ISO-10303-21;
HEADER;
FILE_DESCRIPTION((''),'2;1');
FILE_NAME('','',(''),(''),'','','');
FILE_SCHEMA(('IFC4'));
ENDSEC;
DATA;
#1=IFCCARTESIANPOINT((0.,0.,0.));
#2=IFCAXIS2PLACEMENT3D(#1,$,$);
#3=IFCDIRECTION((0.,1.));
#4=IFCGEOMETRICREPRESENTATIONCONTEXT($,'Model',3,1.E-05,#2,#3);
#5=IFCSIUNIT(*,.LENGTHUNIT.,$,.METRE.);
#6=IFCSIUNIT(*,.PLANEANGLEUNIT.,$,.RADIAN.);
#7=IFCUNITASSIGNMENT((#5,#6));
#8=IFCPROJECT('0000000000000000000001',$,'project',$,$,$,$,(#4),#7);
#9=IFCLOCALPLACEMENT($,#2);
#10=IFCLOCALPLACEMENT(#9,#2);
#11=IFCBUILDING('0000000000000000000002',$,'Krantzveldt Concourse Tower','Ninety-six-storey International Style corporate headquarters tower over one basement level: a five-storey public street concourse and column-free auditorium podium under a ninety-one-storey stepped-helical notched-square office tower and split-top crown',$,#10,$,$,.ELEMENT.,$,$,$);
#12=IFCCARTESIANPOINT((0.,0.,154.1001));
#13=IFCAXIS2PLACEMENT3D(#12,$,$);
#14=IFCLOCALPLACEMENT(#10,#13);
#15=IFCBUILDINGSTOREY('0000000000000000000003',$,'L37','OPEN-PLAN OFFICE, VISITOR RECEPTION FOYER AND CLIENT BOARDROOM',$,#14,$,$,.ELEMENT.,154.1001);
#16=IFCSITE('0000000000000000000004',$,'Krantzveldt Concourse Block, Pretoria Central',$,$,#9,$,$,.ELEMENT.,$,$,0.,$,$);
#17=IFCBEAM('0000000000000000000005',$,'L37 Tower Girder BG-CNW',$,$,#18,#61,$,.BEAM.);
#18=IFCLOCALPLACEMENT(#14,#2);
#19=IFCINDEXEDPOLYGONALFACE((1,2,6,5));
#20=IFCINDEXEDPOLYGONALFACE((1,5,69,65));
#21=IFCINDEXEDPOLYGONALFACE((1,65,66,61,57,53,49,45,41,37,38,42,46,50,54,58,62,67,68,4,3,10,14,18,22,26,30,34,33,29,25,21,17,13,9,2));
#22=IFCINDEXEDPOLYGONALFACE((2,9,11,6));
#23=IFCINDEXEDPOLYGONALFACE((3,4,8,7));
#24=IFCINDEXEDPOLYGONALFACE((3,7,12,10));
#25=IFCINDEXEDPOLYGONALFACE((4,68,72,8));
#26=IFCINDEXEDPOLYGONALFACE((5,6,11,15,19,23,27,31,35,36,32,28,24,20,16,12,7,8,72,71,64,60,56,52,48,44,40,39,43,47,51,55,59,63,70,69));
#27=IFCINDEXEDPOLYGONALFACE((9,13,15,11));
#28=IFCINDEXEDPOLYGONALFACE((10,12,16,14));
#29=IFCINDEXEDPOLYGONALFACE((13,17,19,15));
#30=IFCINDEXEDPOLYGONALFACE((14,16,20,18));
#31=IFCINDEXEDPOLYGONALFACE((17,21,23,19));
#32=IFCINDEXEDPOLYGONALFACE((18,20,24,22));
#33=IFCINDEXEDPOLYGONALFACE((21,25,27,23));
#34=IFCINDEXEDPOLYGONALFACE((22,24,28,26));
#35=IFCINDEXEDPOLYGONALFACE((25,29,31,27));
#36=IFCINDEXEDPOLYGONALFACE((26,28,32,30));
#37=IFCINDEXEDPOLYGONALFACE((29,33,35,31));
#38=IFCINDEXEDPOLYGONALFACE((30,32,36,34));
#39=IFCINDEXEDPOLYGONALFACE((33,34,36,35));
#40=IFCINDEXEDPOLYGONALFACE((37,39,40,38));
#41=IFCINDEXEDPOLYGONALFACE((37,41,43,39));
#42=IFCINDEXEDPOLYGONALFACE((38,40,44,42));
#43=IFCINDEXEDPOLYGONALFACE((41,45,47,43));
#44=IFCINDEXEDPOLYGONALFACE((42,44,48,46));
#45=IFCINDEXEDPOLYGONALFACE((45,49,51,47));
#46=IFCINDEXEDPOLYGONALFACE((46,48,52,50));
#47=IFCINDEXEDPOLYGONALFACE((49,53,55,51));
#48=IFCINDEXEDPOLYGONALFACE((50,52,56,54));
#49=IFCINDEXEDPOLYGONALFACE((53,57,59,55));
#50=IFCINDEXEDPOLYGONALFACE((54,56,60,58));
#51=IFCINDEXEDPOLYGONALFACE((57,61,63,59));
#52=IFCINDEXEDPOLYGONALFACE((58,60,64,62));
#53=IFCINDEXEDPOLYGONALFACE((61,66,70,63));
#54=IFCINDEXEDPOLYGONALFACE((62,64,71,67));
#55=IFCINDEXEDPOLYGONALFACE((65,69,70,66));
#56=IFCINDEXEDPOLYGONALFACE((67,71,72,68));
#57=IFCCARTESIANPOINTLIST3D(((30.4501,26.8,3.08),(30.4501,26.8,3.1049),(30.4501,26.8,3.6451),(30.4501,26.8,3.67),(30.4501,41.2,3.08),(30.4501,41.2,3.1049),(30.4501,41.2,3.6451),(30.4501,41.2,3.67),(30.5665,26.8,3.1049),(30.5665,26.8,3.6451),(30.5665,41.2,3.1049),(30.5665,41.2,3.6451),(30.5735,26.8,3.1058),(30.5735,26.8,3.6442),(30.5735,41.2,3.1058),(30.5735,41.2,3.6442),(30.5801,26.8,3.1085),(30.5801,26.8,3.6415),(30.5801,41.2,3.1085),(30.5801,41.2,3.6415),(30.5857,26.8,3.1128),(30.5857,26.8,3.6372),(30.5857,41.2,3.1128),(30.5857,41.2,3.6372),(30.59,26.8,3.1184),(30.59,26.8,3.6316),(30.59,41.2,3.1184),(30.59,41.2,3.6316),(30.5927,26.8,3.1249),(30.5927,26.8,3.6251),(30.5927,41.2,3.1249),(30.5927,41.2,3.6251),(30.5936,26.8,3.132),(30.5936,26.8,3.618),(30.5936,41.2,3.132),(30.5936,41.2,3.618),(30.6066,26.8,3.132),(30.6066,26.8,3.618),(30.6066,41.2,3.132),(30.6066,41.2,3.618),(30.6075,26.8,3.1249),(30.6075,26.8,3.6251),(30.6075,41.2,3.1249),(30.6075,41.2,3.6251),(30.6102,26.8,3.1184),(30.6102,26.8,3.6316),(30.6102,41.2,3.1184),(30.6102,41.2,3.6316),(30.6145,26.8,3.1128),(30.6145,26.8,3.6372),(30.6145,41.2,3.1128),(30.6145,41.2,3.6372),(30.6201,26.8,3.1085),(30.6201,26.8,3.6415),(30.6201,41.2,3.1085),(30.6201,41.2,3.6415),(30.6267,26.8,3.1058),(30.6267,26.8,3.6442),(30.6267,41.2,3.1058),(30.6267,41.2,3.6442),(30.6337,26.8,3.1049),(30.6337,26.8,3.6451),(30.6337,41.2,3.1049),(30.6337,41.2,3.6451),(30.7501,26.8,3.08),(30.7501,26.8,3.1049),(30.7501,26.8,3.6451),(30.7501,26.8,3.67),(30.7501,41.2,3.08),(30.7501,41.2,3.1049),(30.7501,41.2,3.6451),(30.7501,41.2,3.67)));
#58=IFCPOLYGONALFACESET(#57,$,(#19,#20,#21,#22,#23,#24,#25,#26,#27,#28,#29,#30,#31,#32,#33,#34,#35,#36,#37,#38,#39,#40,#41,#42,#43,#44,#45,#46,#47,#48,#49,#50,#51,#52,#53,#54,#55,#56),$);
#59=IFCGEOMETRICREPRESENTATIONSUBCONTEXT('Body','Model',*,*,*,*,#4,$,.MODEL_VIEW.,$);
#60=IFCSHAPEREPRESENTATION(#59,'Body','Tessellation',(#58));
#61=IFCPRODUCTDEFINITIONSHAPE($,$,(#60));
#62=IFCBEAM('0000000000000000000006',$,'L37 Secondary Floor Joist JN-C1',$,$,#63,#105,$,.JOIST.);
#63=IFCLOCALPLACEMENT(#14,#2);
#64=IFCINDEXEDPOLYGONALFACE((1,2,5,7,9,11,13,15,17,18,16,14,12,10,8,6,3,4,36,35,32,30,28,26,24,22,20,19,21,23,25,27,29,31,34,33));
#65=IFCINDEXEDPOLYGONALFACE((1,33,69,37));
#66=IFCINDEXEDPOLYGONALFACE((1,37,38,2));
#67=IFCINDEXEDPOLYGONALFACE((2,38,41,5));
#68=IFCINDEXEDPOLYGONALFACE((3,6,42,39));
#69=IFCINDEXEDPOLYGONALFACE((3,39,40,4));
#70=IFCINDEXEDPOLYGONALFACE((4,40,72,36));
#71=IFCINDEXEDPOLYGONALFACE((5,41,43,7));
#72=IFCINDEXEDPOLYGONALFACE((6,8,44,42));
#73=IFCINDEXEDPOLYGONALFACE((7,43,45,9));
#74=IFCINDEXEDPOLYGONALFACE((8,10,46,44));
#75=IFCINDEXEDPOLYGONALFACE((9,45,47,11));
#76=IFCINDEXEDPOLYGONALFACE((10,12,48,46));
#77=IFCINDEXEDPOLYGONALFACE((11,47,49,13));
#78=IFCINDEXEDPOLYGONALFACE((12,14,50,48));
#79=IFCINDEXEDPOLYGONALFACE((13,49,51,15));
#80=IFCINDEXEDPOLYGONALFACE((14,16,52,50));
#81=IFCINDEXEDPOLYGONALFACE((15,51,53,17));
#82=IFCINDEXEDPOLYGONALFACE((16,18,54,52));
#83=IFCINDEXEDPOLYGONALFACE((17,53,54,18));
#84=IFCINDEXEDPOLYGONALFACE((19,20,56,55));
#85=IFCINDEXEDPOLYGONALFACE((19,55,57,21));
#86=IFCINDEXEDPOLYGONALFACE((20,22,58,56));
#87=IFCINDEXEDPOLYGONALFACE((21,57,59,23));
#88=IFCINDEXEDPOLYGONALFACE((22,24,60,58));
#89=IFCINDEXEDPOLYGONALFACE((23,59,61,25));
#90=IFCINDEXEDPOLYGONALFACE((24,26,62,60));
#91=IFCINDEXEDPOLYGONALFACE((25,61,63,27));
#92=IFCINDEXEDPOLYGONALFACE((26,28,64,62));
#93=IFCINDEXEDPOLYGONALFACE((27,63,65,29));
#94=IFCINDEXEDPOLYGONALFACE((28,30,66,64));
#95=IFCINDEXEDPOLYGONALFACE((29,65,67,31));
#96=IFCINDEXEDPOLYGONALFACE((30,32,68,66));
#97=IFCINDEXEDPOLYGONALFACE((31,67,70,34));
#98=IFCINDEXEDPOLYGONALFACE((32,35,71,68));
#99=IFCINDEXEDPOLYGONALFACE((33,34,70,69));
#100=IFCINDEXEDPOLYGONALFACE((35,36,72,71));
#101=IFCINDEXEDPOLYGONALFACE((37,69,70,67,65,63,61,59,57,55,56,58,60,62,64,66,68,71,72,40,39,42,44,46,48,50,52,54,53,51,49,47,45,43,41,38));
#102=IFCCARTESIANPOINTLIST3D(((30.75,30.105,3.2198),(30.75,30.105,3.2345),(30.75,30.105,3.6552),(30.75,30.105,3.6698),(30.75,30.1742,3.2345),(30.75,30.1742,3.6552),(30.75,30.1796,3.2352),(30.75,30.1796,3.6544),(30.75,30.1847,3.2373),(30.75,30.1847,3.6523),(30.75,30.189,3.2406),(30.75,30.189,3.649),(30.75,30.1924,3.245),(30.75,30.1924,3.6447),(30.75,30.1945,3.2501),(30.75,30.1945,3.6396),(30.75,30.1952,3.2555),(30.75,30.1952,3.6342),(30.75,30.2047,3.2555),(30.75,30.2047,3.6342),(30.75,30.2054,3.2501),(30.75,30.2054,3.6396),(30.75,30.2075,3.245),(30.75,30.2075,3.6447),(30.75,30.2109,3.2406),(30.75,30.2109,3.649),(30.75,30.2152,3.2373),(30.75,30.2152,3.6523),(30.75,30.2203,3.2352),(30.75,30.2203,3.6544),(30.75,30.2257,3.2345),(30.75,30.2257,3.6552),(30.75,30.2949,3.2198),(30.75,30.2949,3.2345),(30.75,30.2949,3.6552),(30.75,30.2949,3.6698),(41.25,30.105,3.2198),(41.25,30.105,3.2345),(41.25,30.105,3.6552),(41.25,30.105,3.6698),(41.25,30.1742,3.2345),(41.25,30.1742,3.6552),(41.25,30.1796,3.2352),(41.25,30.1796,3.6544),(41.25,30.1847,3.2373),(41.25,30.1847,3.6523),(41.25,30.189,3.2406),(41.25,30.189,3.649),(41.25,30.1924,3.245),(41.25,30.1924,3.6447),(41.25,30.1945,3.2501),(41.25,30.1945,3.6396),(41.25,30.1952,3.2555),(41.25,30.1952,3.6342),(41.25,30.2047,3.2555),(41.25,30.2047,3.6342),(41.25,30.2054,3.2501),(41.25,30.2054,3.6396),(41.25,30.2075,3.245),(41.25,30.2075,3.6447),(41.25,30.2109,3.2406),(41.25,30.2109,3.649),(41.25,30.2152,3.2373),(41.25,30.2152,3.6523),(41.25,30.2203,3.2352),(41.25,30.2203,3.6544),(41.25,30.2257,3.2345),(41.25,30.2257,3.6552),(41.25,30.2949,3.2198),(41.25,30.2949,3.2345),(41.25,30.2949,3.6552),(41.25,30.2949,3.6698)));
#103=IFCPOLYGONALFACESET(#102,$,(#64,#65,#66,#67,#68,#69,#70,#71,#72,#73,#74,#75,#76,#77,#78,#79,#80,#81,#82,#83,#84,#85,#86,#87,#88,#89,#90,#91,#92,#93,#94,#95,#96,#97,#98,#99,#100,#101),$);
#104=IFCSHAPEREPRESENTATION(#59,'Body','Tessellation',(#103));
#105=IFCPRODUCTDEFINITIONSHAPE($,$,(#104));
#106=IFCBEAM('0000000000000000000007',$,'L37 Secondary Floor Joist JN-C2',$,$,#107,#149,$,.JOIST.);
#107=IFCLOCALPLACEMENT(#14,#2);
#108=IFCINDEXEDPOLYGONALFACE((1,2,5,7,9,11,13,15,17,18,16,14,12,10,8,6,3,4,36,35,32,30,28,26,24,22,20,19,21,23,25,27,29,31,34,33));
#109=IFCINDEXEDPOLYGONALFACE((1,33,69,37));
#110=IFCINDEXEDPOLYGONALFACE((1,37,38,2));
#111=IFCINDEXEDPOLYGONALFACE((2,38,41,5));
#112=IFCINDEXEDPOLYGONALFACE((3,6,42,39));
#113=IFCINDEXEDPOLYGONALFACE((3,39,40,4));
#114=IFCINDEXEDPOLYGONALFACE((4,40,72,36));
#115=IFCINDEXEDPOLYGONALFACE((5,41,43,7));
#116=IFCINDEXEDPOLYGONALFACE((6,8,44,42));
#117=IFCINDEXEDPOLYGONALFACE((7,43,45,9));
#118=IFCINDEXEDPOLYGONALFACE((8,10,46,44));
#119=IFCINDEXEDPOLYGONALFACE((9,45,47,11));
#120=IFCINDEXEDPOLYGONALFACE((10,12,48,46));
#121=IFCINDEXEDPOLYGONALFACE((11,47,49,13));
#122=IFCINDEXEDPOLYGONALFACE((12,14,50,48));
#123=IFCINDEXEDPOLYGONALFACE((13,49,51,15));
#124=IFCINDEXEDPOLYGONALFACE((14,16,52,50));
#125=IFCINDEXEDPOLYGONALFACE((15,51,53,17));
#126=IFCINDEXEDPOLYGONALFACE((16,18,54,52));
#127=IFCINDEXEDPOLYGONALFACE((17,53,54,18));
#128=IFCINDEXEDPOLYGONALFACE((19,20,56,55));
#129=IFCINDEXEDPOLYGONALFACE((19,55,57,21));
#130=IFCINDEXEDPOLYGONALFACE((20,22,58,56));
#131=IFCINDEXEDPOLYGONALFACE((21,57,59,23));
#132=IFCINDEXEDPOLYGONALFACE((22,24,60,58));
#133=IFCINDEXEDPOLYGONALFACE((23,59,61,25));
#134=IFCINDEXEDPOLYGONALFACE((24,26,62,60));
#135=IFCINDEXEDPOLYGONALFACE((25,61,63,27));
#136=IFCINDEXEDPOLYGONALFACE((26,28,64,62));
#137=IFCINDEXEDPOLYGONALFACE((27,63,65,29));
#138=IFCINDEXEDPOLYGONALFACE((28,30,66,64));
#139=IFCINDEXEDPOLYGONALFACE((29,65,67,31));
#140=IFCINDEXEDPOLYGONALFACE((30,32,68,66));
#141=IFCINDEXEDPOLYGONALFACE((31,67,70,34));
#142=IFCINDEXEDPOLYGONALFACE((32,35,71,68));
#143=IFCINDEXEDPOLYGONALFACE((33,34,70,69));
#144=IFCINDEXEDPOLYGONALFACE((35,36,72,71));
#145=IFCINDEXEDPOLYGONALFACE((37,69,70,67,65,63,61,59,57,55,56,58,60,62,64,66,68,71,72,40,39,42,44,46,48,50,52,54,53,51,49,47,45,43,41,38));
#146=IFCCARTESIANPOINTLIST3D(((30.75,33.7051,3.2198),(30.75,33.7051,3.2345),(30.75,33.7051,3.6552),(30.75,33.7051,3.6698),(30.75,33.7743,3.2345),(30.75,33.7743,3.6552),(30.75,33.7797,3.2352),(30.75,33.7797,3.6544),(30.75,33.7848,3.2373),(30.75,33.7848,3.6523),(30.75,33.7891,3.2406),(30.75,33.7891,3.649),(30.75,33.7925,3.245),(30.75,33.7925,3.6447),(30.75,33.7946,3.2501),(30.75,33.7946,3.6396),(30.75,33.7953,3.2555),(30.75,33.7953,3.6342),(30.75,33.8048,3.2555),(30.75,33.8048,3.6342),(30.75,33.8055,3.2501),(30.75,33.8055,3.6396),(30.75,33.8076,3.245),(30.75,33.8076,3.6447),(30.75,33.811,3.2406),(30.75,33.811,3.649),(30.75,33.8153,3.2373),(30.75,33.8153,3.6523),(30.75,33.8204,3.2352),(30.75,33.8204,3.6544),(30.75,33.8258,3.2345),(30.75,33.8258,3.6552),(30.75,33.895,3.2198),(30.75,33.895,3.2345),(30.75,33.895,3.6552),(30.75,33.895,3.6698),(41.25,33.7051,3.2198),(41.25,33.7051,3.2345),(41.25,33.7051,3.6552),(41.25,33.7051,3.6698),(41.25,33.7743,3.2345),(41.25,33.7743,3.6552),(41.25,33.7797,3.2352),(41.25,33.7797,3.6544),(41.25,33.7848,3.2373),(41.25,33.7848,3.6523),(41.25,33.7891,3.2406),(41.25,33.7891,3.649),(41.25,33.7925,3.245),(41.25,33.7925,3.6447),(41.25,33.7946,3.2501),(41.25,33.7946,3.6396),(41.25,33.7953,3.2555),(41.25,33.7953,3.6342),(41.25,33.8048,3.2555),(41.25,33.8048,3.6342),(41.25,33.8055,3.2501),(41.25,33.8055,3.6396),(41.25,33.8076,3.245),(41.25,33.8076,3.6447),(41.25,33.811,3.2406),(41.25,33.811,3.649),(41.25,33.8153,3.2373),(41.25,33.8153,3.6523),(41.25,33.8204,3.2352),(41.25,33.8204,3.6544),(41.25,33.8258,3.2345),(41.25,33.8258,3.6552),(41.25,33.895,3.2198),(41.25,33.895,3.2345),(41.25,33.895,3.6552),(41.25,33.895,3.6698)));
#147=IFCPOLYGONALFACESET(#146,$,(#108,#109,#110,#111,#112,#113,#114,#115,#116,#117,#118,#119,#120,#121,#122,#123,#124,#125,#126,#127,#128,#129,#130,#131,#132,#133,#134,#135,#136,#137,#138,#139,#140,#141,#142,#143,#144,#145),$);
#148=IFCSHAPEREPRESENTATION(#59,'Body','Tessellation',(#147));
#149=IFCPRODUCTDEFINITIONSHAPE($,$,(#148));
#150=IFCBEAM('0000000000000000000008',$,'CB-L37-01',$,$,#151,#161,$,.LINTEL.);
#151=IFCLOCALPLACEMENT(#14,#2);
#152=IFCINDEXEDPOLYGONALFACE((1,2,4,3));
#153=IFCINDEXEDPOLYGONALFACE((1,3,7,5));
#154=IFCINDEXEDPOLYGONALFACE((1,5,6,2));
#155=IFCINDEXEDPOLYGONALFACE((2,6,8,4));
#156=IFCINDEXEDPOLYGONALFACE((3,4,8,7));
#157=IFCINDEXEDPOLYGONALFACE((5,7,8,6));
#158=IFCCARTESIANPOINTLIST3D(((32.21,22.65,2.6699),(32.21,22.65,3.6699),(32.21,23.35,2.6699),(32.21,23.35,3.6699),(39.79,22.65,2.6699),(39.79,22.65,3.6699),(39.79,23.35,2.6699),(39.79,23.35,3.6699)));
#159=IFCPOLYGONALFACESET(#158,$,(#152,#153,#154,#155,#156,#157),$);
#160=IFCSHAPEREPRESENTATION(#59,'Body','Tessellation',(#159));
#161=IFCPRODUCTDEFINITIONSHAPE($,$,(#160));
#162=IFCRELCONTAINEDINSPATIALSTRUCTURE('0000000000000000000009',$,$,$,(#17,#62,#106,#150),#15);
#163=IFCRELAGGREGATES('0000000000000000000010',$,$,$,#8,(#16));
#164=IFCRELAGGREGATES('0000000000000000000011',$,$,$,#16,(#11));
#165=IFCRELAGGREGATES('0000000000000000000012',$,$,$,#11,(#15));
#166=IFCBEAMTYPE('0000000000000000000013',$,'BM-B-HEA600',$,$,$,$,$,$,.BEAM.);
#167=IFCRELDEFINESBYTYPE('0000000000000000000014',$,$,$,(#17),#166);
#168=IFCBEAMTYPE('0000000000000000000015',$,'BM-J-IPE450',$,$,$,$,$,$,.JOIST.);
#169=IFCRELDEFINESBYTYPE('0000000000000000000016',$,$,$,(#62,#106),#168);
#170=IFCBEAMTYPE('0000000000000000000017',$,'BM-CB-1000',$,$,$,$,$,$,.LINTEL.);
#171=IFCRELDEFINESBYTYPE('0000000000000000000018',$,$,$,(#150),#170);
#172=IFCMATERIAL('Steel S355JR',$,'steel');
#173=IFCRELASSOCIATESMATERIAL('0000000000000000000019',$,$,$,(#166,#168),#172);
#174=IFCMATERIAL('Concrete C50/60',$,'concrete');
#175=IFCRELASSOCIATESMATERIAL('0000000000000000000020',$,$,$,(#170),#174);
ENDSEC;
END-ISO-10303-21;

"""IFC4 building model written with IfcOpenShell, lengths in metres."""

from ifc_helpers import new_model, si_unit, direction, frame, origin, origin_2d, place, context, subcontext, project, spatial, rectangle, i_section, extrude, source, transform, mapped, material, material_profile, profile_set, type_object, type_shapes, element, save


model = new_model("IFC4")

# Units and contexts
model_context = context("Model", 3, precision=1e-05, world=origin(), true_north=direction((0.0, 1.0)))
body_context = subcontext(model_context, "Body", "Model", "MODEL_VIEW")
ifc_project = project(units=[si_unit("LENGTHUNIT", "METRE"), si_unit("PLANEANGLEUNIT", "RADIAN")], contexts=[model_context])

# Site, building, storey
site_placement = place(None, origin())
site = spatial("IfcSite", under=ifc_project, at=site_placement, Name="Krantzveldt Concourse Block, Pretoria Central", CompositionType="ELEMENT", RefElevation=0.0)
building_placement = place(site_placement, origin())
building = spatial("IfcBuilding", under=site, at=building_placement, Name="Krantzveldt Concourse Tower", Description="Ninety-six-storey International Style corporate headquarters tower over one basement level: a five-storey public street concourse and column-free auditorium podium under a ninety-one-storey stepped-helical notched-square office tower and split-top crown", CompositionType="ELEMENT")
storey_placement = place(building_placement, frame((0.0, 0.0, 154.1001)))
storey = spatial("IfcBuildingStorey", under=building, at=storey_placement, Name="L37", Description="OPEN-PLAN OFFICE, VISITOR RECEPTION FOYER AND CLIENT BOARDROOM", CompositionType="ELEMENT", Elevation=154.1001)

# Beams
ifc_material_1 = material(Name="Steel S355JR", Category="steel")
ifc_material_profile_1 = material_profile(ifc_material_1, i_section(OverallWidth=0.3, OverallDepth=0.5901, WebThickness=0.0129, FlangeThickness=0.0249, FilletRadius=0.0271, at=origin_2d()), Name="Steel S355JR", Category="steel")
ifc_profile_set_1 = profile_set([ifc_material_profile_1], Name="Steel S355JR - HEA 600")
beam_type_1 = type_object("IfcBeamType", Name="BM-B-HEA600", PredefinedType="BEAM", material=ifc_profile_set_1)
shared_shape_1 = source(origin(), body_context, "Body", "SweptSolid", [
    extrude(i_section(OverallWidth=0.3, OverallDepth=0.5901, WebThickness=0.0129, FlangeThickness=0.0249, FilletRadius=0.0271, at=origin_2d()), origin(), (0.0, 0.0, 1.0), 14.3999),
])
type_shapes(beam_type_1, [shared_shape_1])
beam_1_placement = place(storey_placement, frame((30.6001, 26.8, 3.375), z_axis=(0.0, 1.0, 0.0), x_axis=(-1.0, 0.0, 0.0)))
element("IfcBeam", 1, at=beam_1_placement, inside=storey, type_object=beam_type_1, Name="L37 Tower Girder BG-CNW", PredefinedType="BEAM", context=body_context, shape_type="MappedRepresentation", body=[
    mapped(shared_shape_1, transform((0.0, 0.0, 0.0), x_axis=(1.0, 0.0, 0.0), y_axis=(0.0, 1.0, 0.0), z_axis=(0.0, 0.0, 1.0), scale=1.0)),
])
ifc_material_profile_2 = material_profile(ifc_material_1, i_section(OverallWidth=0.1899, OverallDepth=0.45, WebThickness=0.0095, FlangeThickness=0.0146, FilletRadius=0.021, at=origin_2d()), Name="Steel S355JR", Category="steel")
ifc_profile_set_2 = profile_set([ifc_material_profile_2], Name="Steel S355JR - IPE 450")
beam_type_2 = type_object("IfcBeamType", Name="BM-J-IPE450", PredefinedType="JOIST", material=ifc_profile_set_2)
shared_shape_2 = source(origin(), body_context, "Body", "SweptSolid", [
    extrude(i_section(OverallWidth=0.1899, OverallDepth=0.45, WebThickness=0.0095, FlangeThickness=0.0146, FilletRadius=0.021, at=origin_2d()), origin(), (0.0, 0.0, 1.0), 10.5),
])
for number, where, z_axis, x_axis, name in (
    (2, (30.75, 30.2, 3.4448), (1.0, 0.0, 0.0), (0.0, 1.0, 0.0), "L37 Secondary Floor Joist JN-C1"),
    (3, (30.75, 33.8, 3.4448), (1.0, 0.0, 0.0), (0.0, 1.0, 0.0), "L37 Secondary Floor Joist JN-C2"),
):
    element("IfcBeam", number, at=place(storey_placement, frame(where, z_axis=z_axis, x_axis=x_axis)), inside=storey, type_object=beam_type_2, Name=name, PredefinedType="JOIST", context=body_context, shape_type="MappedRepresentation", body=[
        mapped(shared_shape_2, transform((0.0, 0.0, 0.0), x_axis=(1.0, 0.0, 0.0), y_axis=(0.0, 1.0, 0.0), z_axis=(0.0, 0.0, 1.0), scale=1.0)),
    ])
ifc_material_2 = material(Name="Concrete C50/60", Category="concrete")
ifc_material_profile_3 = material_profile(ifc_material_2, rectangle(XDim=0.7, YDim=1.0, at=origin_2d()), Name="Concrete C50/60", Category="concrete")
ifc_profile_set_3 = profile_set([ifc_material_profile_3], Name="Concrete C50/60 - RC-CB 700x1000")
beam_type_3 = type_object("IfcBeamType", Name="BM-CB-1000", PredefinedType="LINTEL", material=ifc_profile_set_3)
shared_shape_3 = source(origin(), body_context, "Body", "SweptSolid", [
    extrude(rectangle(XDim=0.7, YDim=1.0, at=origin_2d()), origin(), (0.0, 0.0, 1.0), 7.5801),
])
type_shapes(beam_type_3, [shared_shape_3])
beam_2_placement = place(storey_placement, frame((32.21, 23.0, 3.1699), z_axis=(1.0, 0.0, 0.0), x_axis=(0.0, 1.0, 0.0)))
element("IfcBeam", 4, at=beam_2_placement, inside=storey, type_object=beam_type_3, Name="CB-L37-01", PredefinedType="LINTEL", context=body_context, shape_type="MappedRepresentation", body=[
    mapped(shared_shape_3, transform((0.0, 0.0, 0.0), x_axis=(1.0, 0.0, 0.0), y_axis=(0.0, 1.0, 0.0), z_axis=(0.0, 0.0, 1.0), scale=1.0)),
])

save(model, "model.ifc")
